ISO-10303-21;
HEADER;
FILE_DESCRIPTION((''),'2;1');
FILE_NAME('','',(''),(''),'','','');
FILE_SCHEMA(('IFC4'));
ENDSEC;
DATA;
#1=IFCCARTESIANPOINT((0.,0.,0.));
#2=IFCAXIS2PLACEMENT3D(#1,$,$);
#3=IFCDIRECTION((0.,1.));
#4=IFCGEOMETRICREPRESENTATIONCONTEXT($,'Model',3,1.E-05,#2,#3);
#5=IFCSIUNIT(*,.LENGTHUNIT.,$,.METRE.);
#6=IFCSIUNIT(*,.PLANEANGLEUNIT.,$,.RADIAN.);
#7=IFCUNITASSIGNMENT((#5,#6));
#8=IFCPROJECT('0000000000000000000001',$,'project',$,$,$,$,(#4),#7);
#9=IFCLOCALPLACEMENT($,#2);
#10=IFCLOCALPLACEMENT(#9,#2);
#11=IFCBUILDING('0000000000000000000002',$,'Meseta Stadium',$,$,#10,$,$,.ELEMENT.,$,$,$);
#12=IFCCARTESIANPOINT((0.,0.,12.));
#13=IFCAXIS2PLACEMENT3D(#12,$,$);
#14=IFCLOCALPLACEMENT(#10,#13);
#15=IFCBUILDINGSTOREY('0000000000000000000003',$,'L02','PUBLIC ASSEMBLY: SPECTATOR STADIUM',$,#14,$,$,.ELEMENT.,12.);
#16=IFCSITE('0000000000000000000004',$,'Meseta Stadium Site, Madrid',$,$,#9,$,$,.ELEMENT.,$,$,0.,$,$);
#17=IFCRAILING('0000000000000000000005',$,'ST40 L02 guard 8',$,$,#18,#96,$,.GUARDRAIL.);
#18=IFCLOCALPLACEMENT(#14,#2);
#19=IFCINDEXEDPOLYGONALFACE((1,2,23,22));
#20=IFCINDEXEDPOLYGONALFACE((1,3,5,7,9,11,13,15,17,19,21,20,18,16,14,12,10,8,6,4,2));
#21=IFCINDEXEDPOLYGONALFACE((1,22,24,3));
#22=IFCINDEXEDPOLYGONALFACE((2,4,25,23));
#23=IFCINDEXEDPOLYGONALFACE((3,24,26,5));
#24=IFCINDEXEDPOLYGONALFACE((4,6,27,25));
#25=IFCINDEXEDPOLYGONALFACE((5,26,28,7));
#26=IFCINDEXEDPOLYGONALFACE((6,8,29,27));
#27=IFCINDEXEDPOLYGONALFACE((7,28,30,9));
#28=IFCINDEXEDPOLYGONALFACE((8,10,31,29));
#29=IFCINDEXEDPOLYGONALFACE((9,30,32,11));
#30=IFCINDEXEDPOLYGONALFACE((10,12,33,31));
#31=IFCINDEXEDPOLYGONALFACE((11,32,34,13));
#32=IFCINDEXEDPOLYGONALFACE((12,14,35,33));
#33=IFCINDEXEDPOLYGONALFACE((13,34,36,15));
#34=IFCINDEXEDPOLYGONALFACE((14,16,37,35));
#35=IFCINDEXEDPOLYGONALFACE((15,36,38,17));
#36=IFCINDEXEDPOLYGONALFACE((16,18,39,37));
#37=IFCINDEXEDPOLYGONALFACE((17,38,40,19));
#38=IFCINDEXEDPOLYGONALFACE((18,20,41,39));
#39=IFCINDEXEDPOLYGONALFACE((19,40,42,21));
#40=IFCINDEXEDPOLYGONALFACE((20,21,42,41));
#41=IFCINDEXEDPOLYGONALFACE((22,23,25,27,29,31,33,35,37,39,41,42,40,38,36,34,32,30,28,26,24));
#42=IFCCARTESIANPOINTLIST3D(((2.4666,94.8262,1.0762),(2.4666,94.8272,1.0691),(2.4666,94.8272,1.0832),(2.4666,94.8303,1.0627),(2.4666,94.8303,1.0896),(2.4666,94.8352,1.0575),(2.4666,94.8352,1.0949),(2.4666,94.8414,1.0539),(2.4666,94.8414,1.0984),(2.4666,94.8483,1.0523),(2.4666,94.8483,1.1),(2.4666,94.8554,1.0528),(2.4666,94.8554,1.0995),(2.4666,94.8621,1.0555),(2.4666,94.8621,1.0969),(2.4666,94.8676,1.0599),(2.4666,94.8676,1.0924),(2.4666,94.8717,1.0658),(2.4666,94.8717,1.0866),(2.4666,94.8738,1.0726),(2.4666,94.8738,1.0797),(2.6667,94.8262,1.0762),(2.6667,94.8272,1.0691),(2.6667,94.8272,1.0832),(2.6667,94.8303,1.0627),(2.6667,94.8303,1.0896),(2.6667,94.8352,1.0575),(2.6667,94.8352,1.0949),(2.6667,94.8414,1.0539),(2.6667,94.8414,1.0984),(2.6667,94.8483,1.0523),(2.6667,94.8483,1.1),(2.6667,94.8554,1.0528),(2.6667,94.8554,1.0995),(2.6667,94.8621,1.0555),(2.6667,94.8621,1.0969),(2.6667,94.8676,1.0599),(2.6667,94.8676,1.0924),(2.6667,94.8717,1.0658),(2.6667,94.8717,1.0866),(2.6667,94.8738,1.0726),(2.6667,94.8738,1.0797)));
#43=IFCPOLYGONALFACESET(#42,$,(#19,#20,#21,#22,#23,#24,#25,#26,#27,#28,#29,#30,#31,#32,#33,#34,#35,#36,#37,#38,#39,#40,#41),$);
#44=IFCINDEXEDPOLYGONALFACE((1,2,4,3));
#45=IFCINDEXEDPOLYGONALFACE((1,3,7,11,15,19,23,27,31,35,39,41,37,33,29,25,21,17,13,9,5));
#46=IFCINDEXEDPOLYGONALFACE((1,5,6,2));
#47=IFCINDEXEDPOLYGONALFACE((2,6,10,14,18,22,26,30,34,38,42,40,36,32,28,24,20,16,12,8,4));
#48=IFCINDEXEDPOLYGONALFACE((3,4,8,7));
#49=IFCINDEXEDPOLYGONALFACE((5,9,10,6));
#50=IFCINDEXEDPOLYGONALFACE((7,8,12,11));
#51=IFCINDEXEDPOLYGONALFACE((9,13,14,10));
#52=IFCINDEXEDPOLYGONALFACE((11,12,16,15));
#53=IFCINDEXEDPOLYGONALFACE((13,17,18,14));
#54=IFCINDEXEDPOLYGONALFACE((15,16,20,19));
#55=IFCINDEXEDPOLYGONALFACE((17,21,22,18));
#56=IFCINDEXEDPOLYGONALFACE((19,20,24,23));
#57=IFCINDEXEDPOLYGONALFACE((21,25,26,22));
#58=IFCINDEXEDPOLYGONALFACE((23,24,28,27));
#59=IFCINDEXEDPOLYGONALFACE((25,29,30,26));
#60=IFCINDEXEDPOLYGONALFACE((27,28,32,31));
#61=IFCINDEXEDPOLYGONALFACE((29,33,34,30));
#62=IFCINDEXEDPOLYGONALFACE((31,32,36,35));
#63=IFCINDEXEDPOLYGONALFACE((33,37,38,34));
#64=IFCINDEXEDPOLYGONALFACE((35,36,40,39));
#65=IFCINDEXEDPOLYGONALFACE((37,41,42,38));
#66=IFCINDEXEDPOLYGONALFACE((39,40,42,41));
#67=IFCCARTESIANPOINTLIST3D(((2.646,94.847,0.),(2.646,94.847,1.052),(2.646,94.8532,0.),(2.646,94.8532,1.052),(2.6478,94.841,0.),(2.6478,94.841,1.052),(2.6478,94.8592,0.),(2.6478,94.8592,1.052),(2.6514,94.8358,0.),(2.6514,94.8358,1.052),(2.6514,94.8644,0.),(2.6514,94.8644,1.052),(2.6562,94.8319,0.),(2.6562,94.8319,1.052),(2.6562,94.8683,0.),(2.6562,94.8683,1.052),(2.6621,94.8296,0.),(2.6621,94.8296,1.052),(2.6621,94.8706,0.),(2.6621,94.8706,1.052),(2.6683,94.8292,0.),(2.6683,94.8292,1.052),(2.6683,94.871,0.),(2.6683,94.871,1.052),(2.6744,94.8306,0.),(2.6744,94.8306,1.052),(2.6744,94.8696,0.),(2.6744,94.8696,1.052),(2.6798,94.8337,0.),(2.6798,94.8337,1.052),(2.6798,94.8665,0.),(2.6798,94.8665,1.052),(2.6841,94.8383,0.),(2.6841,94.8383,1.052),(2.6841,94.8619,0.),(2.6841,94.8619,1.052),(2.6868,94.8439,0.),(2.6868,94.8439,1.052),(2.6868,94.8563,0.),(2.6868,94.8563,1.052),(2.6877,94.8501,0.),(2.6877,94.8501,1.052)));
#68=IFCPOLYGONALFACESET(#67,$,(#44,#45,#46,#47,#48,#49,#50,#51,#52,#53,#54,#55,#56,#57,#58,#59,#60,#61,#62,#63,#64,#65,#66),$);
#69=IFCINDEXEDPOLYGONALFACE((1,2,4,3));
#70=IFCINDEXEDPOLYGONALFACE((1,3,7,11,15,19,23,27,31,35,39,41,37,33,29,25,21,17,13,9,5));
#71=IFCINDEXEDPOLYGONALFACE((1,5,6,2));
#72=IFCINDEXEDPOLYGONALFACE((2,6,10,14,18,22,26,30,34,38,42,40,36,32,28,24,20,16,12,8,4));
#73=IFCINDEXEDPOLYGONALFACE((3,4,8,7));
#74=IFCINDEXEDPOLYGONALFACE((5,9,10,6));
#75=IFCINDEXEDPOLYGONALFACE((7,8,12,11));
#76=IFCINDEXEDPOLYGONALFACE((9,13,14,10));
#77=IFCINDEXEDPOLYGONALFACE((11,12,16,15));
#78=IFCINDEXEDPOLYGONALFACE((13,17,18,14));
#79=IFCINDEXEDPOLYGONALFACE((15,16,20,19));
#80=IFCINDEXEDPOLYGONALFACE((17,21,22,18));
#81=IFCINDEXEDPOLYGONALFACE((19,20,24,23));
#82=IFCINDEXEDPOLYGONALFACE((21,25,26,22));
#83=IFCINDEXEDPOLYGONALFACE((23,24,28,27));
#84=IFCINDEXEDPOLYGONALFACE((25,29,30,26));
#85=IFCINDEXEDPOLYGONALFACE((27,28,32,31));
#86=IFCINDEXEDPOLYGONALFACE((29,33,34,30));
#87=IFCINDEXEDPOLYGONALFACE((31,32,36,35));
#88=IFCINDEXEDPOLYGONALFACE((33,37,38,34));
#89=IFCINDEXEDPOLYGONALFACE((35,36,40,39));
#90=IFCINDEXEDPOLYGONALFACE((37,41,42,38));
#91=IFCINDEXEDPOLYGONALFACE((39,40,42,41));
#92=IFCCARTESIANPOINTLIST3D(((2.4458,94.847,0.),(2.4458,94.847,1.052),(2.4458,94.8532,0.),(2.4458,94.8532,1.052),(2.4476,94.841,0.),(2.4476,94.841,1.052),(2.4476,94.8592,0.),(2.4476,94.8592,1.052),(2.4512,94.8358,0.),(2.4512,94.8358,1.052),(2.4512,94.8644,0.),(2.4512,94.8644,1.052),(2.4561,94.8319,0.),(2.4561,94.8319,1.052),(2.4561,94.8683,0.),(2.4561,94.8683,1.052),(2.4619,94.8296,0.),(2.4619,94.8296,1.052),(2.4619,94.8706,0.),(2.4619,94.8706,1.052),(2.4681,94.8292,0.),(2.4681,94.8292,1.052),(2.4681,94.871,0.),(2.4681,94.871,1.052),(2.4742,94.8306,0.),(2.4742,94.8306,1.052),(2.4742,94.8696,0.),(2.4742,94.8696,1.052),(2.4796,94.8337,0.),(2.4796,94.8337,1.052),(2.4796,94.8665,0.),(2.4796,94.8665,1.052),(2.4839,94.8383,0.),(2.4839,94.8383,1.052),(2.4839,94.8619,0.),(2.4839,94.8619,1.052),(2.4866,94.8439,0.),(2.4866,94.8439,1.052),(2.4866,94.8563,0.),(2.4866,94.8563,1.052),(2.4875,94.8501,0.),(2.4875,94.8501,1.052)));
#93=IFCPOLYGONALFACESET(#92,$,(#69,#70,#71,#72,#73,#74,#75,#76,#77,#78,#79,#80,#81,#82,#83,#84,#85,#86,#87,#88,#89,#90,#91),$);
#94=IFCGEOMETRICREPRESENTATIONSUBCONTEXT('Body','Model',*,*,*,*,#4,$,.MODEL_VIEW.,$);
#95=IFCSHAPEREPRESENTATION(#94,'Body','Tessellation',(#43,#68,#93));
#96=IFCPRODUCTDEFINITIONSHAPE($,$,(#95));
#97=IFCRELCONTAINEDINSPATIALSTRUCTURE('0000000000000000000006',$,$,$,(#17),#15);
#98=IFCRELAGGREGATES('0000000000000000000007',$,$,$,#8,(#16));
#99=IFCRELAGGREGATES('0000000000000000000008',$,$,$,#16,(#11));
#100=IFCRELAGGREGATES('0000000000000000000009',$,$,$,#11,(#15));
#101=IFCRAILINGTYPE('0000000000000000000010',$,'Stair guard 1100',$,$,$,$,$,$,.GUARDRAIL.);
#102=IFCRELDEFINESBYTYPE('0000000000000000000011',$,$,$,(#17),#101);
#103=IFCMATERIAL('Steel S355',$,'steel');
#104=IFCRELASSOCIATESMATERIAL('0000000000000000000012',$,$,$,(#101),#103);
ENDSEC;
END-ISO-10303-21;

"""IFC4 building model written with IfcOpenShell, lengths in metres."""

from ifc_helpers import new_model, si_unit, direction, frame, origin, origin_2d, place, context, subcontext, project, spatial, circle, extrude, material, type_object, element, save


model = new_model("IFC4")

# Units and contexts
model_context = context("Model", 3, precision=1e-05, world=origin(), true_north=direction((0.0, 1.0)))
body_context = subcontext(model_context, "Body", "Model", "MODEL_VIEW")
ifc_project = project(units=[si_unit("LENGTHUNIT", "METRE"), si_unit("PLANEANGLEUNIT", "RADIAN")], contexts=[model_context])

# Site, building, storey
site_placement = place(None, origin())
site = spatial("IfcSite", under=ifc_project, at=site_placement, Name="Meseta Stadium Site, Madrid", CompositionType="ELEMENT", RefElevation=0.0)
building_placement = place(site_placement, origin())
building = spatial("IfcBuilding", under=site, at=building_placement, Name="Meseta Stadium", CompositionType="ELEMENT")
storey_placement = place(building_placement, frame((0.0, 0.0, 12.0)))
storey = spatial("IfcBuildingStorey", under=building, at=storey_placement, Name="L02", Description="PUBLIC ASSEMBLY: SPECTATOR STADIUM", CompositionType="ELEMENT", Elevation=12.0)

# Railing
ifc_material_1 = material(Name="Steel S355", Category="steel")
railing_type_1 = type_object("IfcRailingType", Name="Stair guard 1100", PredefinedType="GUARDRAIL", material=ifc_material_1)
railing_1_placement = place(storey_placement, frame((2.6667, 94.8501, 0.0)))
element("IfcRailing", 1, at=railing_1_placement, inside=storey, type_object=railing_type_1, Name="ST40 L02 guard 8", PredefinedType="GUARDRAIL", context=body_context, shape_type="SweptSolid", body=[
    extrude(circle(Radius=0.0239, at=origin_2d()), frame((0.0, 0.0, 1.0762), z_axis=(-1.0, 0.0, 0.0), x_axis=(0.0, -1.0, 0.0)), (0.0, 0.0, 1.0), 0.2002),
    extrude(circle(Radius=0.021, at=origin_2d()), origin(), (0.0, 0.0, 1.0), 1.052),
    extrude(circle(Radius=0.021, at=origin_2d()), frame((-0.2002, 0.0, 0.0)), (0.0, 0.0, 1.0), 1.052),
])

save(model, "model.ifc")
